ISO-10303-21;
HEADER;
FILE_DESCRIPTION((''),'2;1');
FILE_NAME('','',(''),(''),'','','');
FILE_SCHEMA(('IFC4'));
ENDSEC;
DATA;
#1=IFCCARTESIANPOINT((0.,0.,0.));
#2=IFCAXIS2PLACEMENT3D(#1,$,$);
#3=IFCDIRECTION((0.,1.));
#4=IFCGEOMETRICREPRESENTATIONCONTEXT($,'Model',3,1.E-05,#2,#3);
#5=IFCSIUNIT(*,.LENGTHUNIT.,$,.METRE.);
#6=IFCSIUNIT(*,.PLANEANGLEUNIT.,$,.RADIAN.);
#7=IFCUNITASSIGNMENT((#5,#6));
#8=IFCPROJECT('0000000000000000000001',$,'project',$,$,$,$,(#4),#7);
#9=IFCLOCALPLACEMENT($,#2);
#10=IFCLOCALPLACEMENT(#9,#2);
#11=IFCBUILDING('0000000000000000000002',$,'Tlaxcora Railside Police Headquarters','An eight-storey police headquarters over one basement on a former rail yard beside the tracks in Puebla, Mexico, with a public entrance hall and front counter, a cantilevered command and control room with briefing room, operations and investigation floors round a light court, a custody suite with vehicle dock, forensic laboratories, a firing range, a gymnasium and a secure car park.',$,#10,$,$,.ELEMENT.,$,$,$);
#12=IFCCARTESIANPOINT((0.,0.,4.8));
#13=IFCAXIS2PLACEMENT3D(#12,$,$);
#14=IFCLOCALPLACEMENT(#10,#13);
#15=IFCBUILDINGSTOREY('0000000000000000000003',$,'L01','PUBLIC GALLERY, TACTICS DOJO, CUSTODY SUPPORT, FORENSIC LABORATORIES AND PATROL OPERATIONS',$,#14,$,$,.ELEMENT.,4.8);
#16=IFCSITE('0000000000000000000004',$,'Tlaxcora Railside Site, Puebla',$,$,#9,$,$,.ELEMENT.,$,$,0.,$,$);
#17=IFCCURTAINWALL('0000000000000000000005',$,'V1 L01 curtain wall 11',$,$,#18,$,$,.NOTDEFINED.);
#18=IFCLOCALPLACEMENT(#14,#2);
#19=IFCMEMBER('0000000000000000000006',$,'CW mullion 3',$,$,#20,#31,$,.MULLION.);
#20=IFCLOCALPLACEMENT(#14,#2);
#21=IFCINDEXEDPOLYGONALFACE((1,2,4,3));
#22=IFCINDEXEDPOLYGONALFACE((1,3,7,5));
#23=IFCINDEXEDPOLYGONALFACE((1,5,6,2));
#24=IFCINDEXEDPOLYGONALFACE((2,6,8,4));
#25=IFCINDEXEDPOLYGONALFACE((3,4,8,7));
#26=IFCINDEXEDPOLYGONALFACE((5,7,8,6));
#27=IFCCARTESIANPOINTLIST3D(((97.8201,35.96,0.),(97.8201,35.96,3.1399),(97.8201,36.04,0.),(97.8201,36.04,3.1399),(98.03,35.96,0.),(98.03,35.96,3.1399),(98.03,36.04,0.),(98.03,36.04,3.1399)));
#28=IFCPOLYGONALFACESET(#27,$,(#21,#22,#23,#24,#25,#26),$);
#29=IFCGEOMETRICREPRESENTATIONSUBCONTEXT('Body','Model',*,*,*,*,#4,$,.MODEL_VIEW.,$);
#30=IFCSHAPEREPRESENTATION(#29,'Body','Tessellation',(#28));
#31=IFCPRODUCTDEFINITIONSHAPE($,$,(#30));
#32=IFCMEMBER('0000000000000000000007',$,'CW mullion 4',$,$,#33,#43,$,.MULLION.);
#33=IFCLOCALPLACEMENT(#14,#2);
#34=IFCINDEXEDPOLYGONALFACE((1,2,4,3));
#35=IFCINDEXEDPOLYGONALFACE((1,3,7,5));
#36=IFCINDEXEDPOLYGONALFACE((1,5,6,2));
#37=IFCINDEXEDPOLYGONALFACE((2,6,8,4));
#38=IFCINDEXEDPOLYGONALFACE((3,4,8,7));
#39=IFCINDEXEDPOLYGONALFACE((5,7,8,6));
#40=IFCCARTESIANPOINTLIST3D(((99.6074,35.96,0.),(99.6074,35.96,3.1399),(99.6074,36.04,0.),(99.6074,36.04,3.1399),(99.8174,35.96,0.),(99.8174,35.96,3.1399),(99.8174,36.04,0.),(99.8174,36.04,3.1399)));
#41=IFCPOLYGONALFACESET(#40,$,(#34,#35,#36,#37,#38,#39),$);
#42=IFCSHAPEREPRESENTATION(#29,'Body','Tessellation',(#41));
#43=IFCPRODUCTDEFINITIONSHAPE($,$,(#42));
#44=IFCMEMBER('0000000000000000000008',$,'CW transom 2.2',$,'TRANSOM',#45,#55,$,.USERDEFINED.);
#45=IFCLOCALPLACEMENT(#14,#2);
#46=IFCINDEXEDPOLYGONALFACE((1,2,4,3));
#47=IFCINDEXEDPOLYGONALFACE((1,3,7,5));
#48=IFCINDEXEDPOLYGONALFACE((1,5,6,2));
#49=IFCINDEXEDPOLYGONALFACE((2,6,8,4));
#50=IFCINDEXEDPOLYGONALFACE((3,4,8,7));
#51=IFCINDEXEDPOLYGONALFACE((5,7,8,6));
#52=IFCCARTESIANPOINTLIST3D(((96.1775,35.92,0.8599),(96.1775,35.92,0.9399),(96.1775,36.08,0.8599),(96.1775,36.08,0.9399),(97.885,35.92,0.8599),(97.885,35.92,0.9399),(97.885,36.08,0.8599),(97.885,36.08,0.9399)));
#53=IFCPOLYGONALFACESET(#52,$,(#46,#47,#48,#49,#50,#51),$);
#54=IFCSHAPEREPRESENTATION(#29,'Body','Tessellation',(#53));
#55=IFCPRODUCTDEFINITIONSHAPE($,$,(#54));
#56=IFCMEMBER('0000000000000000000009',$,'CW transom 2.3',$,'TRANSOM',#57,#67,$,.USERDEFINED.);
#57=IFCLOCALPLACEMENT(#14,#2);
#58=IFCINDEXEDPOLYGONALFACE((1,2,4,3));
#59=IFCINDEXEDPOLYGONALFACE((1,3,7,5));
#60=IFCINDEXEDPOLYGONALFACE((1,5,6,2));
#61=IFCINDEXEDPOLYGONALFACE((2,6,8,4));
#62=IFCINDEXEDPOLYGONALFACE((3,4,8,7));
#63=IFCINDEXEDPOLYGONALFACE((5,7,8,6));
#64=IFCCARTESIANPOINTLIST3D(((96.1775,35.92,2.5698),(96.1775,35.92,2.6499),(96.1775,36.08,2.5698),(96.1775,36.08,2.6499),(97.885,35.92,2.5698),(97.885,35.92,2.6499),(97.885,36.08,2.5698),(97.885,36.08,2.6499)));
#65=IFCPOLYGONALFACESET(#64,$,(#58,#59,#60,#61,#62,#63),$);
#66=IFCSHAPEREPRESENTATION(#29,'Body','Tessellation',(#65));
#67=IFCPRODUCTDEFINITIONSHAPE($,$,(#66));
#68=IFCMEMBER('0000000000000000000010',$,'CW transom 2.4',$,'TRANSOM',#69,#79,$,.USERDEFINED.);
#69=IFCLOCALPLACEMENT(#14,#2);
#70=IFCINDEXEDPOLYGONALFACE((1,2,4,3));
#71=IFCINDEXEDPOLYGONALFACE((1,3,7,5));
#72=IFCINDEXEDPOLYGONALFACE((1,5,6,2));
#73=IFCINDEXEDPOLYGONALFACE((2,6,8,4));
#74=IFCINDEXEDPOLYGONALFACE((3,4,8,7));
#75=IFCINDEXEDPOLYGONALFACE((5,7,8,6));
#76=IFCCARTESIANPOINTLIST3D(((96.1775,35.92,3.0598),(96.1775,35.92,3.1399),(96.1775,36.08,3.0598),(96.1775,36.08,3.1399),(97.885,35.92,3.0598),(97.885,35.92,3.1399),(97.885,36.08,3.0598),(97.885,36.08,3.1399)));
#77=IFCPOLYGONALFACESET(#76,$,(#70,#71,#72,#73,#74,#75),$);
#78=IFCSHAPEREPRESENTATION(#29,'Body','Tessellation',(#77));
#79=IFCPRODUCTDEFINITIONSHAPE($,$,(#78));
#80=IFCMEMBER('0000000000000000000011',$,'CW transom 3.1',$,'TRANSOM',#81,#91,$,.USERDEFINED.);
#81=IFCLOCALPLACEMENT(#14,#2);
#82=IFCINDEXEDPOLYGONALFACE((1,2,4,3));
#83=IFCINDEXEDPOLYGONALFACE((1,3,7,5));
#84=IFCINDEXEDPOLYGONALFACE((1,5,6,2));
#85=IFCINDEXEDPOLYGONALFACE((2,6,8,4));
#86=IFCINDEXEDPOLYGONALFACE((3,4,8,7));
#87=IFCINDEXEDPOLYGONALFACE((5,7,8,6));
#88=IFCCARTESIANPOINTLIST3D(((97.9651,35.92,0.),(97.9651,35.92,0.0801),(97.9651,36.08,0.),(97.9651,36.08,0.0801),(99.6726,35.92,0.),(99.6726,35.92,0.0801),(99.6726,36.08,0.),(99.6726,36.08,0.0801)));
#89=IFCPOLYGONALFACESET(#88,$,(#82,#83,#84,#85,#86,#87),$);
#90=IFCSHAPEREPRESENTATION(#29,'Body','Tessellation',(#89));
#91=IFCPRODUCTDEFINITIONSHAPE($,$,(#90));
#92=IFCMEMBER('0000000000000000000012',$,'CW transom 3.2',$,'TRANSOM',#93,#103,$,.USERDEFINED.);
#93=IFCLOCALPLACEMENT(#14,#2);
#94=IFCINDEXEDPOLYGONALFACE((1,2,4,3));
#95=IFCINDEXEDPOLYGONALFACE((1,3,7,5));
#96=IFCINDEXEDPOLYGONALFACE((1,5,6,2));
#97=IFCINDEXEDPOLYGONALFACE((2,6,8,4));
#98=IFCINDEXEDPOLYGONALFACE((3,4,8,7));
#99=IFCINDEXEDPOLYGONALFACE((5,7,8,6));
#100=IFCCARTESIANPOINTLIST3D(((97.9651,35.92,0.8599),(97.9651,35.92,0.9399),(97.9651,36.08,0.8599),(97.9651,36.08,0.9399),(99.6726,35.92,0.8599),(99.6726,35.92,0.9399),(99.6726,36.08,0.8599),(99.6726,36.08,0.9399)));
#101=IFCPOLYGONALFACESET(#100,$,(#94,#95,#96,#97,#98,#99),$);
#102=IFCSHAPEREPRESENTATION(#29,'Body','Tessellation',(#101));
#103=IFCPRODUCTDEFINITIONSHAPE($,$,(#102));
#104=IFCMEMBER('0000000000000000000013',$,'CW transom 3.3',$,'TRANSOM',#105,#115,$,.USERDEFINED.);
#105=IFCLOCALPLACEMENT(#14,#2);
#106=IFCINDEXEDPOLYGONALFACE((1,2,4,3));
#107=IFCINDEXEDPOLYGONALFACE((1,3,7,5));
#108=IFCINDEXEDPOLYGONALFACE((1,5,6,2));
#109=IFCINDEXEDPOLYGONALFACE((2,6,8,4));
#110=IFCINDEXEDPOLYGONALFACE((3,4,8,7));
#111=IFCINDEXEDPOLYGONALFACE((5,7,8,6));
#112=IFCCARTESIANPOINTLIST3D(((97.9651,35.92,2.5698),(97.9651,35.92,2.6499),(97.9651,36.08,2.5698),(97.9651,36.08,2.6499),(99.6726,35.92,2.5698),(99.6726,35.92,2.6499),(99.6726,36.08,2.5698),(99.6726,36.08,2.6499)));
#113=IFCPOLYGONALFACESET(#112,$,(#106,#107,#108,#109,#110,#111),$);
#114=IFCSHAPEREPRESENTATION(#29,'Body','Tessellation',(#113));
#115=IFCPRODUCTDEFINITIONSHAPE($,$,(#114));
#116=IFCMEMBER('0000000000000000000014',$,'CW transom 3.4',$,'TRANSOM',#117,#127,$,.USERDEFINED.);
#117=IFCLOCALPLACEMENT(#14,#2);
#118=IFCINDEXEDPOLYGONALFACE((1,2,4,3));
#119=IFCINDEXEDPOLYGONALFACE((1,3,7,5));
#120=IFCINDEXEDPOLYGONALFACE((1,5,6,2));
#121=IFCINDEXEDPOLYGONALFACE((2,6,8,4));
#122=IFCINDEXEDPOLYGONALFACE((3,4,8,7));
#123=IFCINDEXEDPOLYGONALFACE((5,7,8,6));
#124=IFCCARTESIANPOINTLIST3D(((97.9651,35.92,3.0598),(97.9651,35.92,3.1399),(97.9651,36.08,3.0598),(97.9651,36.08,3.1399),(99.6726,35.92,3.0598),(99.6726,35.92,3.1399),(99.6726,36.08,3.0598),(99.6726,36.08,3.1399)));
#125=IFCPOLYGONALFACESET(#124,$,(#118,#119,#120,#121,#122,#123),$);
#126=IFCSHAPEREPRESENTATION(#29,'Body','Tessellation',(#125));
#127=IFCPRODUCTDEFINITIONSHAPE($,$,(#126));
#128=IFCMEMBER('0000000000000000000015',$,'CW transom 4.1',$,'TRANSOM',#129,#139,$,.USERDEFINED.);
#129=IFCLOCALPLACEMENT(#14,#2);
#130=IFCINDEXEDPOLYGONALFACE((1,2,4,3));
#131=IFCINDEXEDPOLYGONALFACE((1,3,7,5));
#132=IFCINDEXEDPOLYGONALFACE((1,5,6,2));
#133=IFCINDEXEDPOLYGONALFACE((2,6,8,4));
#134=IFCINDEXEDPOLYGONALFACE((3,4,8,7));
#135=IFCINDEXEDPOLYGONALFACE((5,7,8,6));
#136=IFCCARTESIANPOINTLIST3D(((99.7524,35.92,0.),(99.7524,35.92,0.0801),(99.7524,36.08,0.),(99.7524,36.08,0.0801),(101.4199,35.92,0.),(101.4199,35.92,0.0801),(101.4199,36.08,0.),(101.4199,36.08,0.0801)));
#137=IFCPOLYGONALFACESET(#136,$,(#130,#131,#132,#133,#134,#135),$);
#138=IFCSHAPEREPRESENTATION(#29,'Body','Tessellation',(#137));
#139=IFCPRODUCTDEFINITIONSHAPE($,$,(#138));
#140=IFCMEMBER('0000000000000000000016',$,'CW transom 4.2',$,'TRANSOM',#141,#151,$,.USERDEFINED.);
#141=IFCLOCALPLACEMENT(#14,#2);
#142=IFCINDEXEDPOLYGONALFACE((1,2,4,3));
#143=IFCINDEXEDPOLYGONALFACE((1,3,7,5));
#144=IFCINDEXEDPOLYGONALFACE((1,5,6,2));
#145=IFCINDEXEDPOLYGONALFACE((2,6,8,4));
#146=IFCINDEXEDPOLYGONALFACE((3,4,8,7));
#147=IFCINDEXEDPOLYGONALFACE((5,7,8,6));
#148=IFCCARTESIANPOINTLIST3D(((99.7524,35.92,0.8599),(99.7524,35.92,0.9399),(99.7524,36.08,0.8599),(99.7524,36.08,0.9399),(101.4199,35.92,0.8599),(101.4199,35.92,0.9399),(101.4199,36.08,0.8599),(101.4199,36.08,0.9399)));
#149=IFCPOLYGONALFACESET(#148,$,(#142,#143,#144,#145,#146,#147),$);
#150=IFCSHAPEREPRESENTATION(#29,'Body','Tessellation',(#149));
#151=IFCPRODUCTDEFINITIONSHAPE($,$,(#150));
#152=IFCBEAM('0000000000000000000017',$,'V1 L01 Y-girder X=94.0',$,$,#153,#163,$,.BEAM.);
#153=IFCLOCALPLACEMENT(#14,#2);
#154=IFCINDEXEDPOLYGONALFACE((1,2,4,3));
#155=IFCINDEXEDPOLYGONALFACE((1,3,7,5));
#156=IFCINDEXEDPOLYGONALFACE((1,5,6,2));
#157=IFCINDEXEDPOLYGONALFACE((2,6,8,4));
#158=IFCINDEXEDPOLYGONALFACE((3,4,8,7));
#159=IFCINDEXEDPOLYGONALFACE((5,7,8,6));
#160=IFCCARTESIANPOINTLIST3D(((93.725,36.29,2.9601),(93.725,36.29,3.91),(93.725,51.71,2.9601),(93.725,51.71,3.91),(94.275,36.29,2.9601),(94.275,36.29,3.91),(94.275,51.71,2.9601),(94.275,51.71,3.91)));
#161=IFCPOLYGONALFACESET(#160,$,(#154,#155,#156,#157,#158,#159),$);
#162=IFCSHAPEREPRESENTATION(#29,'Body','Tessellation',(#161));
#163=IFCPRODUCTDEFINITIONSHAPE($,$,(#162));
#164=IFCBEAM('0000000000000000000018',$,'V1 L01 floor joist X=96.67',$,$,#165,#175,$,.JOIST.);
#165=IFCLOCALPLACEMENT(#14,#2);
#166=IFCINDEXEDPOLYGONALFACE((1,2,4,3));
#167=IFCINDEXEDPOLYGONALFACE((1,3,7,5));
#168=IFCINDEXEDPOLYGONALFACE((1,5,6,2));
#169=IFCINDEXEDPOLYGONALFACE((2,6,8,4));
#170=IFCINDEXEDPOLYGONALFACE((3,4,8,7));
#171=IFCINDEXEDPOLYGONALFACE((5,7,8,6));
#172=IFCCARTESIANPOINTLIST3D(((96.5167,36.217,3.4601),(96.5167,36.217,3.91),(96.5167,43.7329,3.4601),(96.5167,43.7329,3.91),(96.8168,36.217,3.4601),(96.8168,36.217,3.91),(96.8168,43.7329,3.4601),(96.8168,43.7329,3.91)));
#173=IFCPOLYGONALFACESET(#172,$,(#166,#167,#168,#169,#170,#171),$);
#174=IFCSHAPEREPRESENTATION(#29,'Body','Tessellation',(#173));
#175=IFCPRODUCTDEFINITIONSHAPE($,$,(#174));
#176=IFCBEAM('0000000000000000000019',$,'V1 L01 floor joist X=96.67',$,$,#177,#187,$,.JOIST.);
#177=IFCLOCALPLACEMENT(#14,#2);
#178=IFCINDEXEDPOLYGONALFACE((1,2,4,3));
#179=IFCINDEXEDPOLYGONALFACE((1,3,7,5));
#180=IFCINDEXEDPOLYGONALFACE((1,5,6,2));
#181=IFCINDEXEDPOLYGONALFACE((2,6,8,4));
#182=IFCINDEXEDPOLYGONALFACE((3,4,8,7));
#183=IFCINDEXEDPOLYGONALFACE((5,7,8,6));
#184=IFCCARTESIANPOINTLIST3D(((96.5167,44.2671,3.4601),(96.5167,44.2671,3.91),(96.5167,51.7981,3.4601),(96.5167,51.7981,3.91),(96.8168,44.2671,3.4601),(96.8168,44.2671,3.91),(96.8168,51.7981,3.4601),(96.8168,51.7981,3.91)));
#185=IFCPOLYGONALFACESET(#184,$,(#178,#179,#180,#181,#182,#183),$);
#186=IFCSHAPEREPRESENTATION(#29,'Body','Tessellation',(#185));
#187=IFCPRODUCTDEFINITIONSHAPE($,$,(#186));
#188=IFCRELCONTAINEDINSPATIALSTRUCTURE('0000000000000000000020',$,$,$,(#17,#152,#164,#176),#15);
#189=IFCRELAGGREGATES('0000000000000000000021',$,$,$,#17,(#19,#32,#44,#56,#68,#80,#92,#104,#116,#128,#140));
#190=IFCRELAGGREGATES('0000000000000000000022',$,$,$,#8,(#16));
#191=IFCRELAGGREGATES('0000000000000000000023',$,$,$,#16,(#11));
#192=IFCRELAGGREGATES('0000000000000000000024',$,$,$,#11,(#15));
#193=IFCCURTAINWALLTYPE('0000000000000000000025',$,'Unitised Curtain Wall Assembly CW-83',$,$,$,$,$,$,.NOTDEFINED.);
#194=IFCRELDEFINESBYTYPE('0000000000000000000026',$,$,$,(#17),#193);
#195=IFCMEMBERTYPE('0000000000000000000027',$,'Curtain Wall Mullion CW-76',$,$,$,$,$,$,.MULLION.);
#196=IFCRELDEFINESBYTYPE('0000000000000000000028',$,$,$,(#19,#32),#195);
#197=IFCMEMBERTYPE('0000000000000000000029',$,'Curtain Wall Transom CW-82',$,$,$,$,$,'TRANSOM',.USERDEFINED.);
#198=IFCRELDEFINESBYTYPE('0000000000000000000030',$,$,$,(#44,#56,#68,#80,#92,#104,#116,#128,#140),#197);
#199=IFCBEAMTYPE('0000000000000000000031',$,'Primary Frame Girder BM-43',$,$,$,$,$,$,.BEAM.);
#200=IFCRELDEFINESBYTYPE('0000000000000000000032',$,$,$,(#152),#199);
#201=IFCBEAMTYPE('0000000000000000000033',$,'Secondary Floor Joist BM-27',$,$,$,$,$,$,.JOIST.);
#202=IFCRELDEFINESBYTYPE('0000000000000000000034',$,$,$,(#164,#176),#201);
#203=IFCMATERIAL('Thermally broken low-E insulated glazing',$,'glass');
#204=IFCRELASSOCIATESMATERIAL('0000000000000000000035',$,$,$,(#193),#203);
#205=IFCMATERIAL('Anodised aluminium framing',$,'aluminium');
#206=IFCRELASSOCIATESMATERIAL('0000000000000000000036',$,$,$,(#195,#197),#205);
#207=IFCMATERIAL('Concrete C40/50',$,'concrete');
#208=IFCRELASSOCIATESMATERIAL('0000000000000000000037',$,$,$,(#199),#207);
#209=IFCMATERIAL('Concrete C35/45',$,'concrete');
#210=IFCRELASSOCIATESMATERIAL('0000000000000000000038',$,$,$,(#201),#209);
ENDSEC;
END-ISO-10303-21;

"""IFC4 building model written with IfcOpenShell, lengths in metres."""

from ifc_helpers import new_model, si_unit, direction, frame, origin, origin_2d, place, context, subcontext, project, spatial, rectangle, extrude, material, material_profile, profile_set, type_object, element, aggregate, save


model = new_model("IFC4")

# Units and contexts
model_context = context("Model", 3, precision=1e-05, world=origin(), true_north=direction((0.0, 1.0)))
body_context = subcontext(model_context, "Body", "Model", "MODEL_VIEW")
ifc_project = project(units=[si_unit("LENGTHUNIT", "METRE"), si_unit("PLANEANGLEUNIT", "RADIAN")], contexts=[model_context])

# Site, building, storey
site_placement = place(None, origin())
site = spatial("IfcSite", under=ifc_project, at=site_placement, Name="Tlaxcora Railside Site, Puebla", CompositionType="ELEMENT", RefElevation=0.0)
building_placement = place(site_placement, origin())
building = spatial("IfcBuilding", under=site, at=building_placement, Name="Tlaxcora Railside Police Headquarters", Description="An eight-storey police headquarters over one basement on a former rail yard beside the tracks in Puebla, Mexico, with a public entrance hall and front counter, a cantilevered command and control room with briefing room, operations and investigation floors round a light court, a custody suite with vehicle dock, forensic laboratories, a firing range, a gymnasium and a secure car park.", CompositionType="ELEMENT")
storey_placement = place(building_placement, frame((0.0, 0.0, 4.8)))
storey = spatial("IfcBuildingStorey", under=building, at=storey_placement, Name="L01", Description="PUBLIC GALLERY, TACTICS DOJO, CUSTODY SUPPORT, FORENSIC LABORATORIES AND PATROL OPERATIONS", CompositionType="ELEMENT", Elevation=4.8)

# Curtain wall, members
ifc_material_1 = material(Name="Thermally broken low-E insulated glazing", Category="glass")
curtain_wall_type = type_object("IfcCurtainWallType", Name="Unitised Curtain Wall Assembly CW-83", PredefinedType="NOTDEFINED", material=ifc_material_1)
curtain_wall_placement = place(storey_placement, origin())
curtain_wall = element("IfcCurtainWall", 1, at=curtain_wall_placement, inside=storey, type_object=curtain_wall_type, Name="V1 L01 curtain wall 11", PredefinedType="NOTDEFINED")
ifc_material_2 = material(Name="Anodised aluminium framing", Category="aluminium")
ifc_material_profile_1 = material_profile(ifc_material_2, rectangle(XDim=0.0801, YDim=0.21, at=origin_2d()), Name="AL80X210")
ifc_profile_set_1 = profile_set([ifc_material_profile_1], Name="Anodised aluminium framing")
member_type_1 = type_object("IfcMemberType", Name="Curtain Wall Mullion CW-76", PredefinedType="MULLION", material=ifc_profile_set_1)
member_1_placement = place(storey_placement, frame((97.925, 36.0, 0.0), z_axis=(0.0, 0.0, 1.0), x_axis=(0.0, 1.0, 0.0)))
member_1 = element("IfcMember", 2, at=member_1_placement, type_object=member_type_1, Name="CW mullion 3", PredefinedType="MULLION", context=body_context, shape_type="SweptSolid", body=[
    extrude(rectangle(XDim=0.0801, YDim=0.21, at=origin_2d()), origin(), (0.0, 0.0, 1.0), 3.1399),
])
member_2_placement = place(storey_placement, frame((99.7124, 36.0, 0.0), z_axis=(0.0, 0.0, 1.0), x_axis=(0.0, 1.0, 0.0)))
member_2 = element("IfcMember", 3, at=member_2_placement, type_object=member_type_1, Name="CW mullion 4", PredefinedType="MULLION", context=body_context, shape_type="SweptSolid", body=[
    extrude(rectangle(XDim=0.0801, YDim=0.21, at=origin_2d()), origin(), (0.0, 0.0, 1.0), 3.1399),
])
ifc_material_profile_2 = material_profile(ifc_material_2, rectangle(XDim=0.1599, YDim=0.0801, at=origin_2d()), Name="AL80X160")
ifc_profile_set_2 = profile_set([ifc_material_profile_2], Name="Anodised aluminium framing")
member_type_2 = type_object("IfcMemberType", Name="Curtain Wall Transom CW-82", ElementType="TRANSOM", PredefinedType="USERDEFINED", material=ifc_profile_set_2)
member_3_placement = place(storey_placement, frame((96.1775, 36.0, 0.8999), z_axis=(1.0, 0.0, 0.0), x_axis=(0.0, 1.0, 0.0)))
member_3 = element("IfcMember", 4, at=member_3_placement, type_object=member_type_2, Name="CW transom 2.2", ObjectType="TRANSOM", PredefinedType="USERDEFINED", context=body_context, shape_type="SweptSolid", body=[
    extrude(rectangle(XDim=0.1599, YDim=0.0801, at=origin_2d()), origin(), (0.0, 0.0, 1.0), 1.7075),
])
member_4_placement = place(storey_placement, frame((96.1775, 36.0, 2.6099), z_axis=(1.0, 0.0, 0.0), x_axis=(0.0, 1.0, 0.0)))
member_4 = element("IfcMember", 5, at=member_4_placement, type_object=member_type_2, Name="CW transom 2.3", ObjectType="TRANSOM", PredefinedType="USERDEFINED", context=body_context, shape_type="SweptSolid", body=[
    extrude(rectangle(XDim=0.1599, YDim=0.0801, at=origin_2d()), origin(), (0.0, 0.0, 1.0), 1.7075),
])
member_5_placement = place(storey_placement, frame((96.1775, 36.0, 3.0999), z_axis=(1.0, 0.0, 0.0), x_axis=(0.0, 1.0, 0.0)))
member_5 = element("IfcMember", 6, at=member_5_placement, type_object=member_type_2, Name="CW transom 2.4", ObjectType="TRANSOM", PredefinedType="USERDEFINED", context=body_context, shape_type="SweptSolid", body=[
    extrude(rectangle(XDim=0.1599, YDim=0.0801, at=origin_2d()), origin(), (0.0, 0.0, 1.0), 1.7075),
])
member_6_placement = place(storey_placement, frame((97.9651, 36.0, 0.04), z_axis=(1.0, 0.0, 0.0), x_axis=(0.0, 1.0, 0.0)))
member_6 = element("IfcMember", 7, at=member_6_placement, type_object=member_type_2, Name="CW transom 3.1", ObjectType="TRANSOM", PredefinedType="USERDEFINED", context=body_context, shape_type="SweptSolid", body=[
    extrude(rectangle(XDim=0.1599, YDim=0.0801, at=origin_2d()), origin(), (0.0, 0.0, 1.0), 1.7075),
])
member_7_placement = place(storey_placement, frame((97.9651, 36.0, 0.8999), z_axis=(1.0, 0.0, 0.0), x_axis=(0.0, 1.0, 0.0)))
member_7 = element("IfcMember", 8, at=member_7_placement, type_object=member_type_2, Name="CW transom 3.2", ObjectType="TRANSOM", PredefinedType="USERDEFINED", context=body_context, shape_type="SweptSolid", body=[
    extrude(rectangle(XDim=0.1599, YDim=0.0801, at=origin_2d()), origin(), (0.0, 0.0, 1.0), 1.7075),
])
member_8_placement = place(storey_placement, frame((97.9651, 36.0, 2.6099), z_axis=(1.0, 0.0, 0.0), x_axis=(0.0, 1.0, 0.0)))
member_8 = element("IfcMember", 9, at=member_8_placement, type_object=member_type_2, Name="CW transom 3.3", ObjectType="TRANSOM", PredefinedType="USERDEFINED", context=body_context, shape_type="SweptSolid", body=[
    extrude(rectangle(XDim=0.1599, YDim=0.0801, at=origin_2d()), origin(), (0.0, 0.0, 1.0), 1.7075),
])
member_9_placement = place(storey_placement, frame((97.9651, 36.0, 3.0999), z_axis=(1.0, 0.0, 0.0), x_axis=(0.0, 1.0, 0.0)))
member_9 = element("IfcMember", 10, at=member_9_placement, type_object=member_type_2, Name="CW transom 3.4", ObjectType="TRANSOM", PredefinedType="USERDEFINED", context=body_context, shape_type="SweptSolid", body=[
    extrude(rectangle(XDim=0.1599, YDim=0.0801, at=origin_2d()), origin(), (0.0, 0.0, 1.0), 1.7075),
])
member_10_placement = place(storey_placement, frame((99.7524, 36.0, 0.04), z_axis=(1.0, 0.0, 0.0), x_axis=(0.0, 1.0, 0.0)))
member_10 = element("IfcMember", 11, at=member_10_placement, type_object=member_type_2, Name="CW transom 4.1", ObjectType="TRANSOM", PredefinedType="USERDEFINED", context=body_context, shape_type="SweptSolid", body=[
    extrude(rectangle(XDim=0.1599, YDim=0.0801, at=origin_2d()), origin(), (0.0, 0.0, 1.0), 1.6675),
])
member_11_placement = place(storey_placement, frame((99.7524, 36.0, 0.8999), z_axis=(1.0, 0.0, 0.0), x_axis=(0.0, 1.0, 0.0)))
member_11 = element("IfcMember", 12, at=member_11_placement, type_object=member_type_2, Name="CW transom 4.2", ObjectType="TRANSOM", PredefinedType="USERDEFINED", context=body_context, shape_type="SweptSolid", body=[
    extrude(rectangle(XDim=0.1599, YDim=0.0801, at=origin_2d()), origin(), (0.0, 0.0, 1.0), 1.6675),
])

# Beams
ifc_material_3 = material(Name="Concrete C40/50", Category="concrete")
ifc_material_profile_3 = material_profile(ifc_material_3, rectangle(XDim=0.55, YDim=0.95, at=origin_2d()), Name="RC550X950")
ifc_profile_set_3 = profile_set([ifc_material_profile_3], Name="Concrete C40/50")
beam_type_1 = type_object("IfcBeamType", Name="Primary Frame Girder BM-43", PredefinedType="BEAM", material=ifc_profile_set_3)
beam_1_placement = place(storey_placement, frame((94.0, 36.29, 3.4351), z_axis=(0.0, 1.0, 0.0), x_axis=(-1.0, 0.0, 0.0)))
element("IfcBeam", 13, at=beam_1_placement, inside=storey, type_object=beam_type_1, Name="V1 L01 Y-girder X=94.0", PredefinedType="BEAM", context=body_context, shape_type="SweptSolid", body=[
    extrude(rectangle(XDim=0.55, YDim=0.95, at=origin_2d()), origin(), (0.0, 0.0, 1.0), 15.4199),
])
ifc_material_4 = material(Name="Concrete C35/45", Category="concrete")
ifc_material_profile_4 = material_profile(ifc_material_4, rectangle(XDim=0.3, YDim=0.45, at=origin_2d()), Name="RC300X450")
ifc_profile_set_4 = profile_set([ifc_material_profile_4], Name="Concrete C35/45")
beam_type_2 = type_object("IfcBeamType", Name="Secondary Floor Joist BM-27", PredefinedType="JOIST", material=ifc_profile_set_4)
beam_2_placement = place(storey_placement, frame((96.6667, 36.217, 3.6851), z_axis=(0.0, 1.0, 0.0), x_axis=(-1.0, 0.0, 0.0)))
element("IfcBeam", 14, at=beam_2_placement, inside=storey, type_object=beam_type_2, Name="V1 L01 floor joist X=96.67", PredefinedType="JOIST", context=body_context, shape_type="SweptSolid", body=[
    extrude(rectangle(XDim=0.3, YDim=0.45, at=origin_2d()), origin(), (0.0, 0.0, 1.0), 7.5159),
])
beam_3_placement = place(storey_placement, frame((96.6667, 44.2671, 3.6851), z_axis=(0.0, 1.0, 0.0), x_axis=(-1.0, 0.0, 0.0)))
element("IfcBeam", 15, at=beam_3_placement, inside=storey, type_object=beam_type_2, Name="V1 L01 floor joist X=96.67", PredefinedType="JOIST", context=body_context, shape_type="SweptSolid", body=[
    extrude(rectangle(XDim=0.3, YDim=0.45, at=origin_2d()), origin(), (0.0, 0.0, 1.0), 7.531),
])

aggregate(curtain_wall, [member_1, member_2, member_3, member_4, member_5, member_6, member_7, member_8, member_9, member_10, member_11])

save(model, "model.ifc")
